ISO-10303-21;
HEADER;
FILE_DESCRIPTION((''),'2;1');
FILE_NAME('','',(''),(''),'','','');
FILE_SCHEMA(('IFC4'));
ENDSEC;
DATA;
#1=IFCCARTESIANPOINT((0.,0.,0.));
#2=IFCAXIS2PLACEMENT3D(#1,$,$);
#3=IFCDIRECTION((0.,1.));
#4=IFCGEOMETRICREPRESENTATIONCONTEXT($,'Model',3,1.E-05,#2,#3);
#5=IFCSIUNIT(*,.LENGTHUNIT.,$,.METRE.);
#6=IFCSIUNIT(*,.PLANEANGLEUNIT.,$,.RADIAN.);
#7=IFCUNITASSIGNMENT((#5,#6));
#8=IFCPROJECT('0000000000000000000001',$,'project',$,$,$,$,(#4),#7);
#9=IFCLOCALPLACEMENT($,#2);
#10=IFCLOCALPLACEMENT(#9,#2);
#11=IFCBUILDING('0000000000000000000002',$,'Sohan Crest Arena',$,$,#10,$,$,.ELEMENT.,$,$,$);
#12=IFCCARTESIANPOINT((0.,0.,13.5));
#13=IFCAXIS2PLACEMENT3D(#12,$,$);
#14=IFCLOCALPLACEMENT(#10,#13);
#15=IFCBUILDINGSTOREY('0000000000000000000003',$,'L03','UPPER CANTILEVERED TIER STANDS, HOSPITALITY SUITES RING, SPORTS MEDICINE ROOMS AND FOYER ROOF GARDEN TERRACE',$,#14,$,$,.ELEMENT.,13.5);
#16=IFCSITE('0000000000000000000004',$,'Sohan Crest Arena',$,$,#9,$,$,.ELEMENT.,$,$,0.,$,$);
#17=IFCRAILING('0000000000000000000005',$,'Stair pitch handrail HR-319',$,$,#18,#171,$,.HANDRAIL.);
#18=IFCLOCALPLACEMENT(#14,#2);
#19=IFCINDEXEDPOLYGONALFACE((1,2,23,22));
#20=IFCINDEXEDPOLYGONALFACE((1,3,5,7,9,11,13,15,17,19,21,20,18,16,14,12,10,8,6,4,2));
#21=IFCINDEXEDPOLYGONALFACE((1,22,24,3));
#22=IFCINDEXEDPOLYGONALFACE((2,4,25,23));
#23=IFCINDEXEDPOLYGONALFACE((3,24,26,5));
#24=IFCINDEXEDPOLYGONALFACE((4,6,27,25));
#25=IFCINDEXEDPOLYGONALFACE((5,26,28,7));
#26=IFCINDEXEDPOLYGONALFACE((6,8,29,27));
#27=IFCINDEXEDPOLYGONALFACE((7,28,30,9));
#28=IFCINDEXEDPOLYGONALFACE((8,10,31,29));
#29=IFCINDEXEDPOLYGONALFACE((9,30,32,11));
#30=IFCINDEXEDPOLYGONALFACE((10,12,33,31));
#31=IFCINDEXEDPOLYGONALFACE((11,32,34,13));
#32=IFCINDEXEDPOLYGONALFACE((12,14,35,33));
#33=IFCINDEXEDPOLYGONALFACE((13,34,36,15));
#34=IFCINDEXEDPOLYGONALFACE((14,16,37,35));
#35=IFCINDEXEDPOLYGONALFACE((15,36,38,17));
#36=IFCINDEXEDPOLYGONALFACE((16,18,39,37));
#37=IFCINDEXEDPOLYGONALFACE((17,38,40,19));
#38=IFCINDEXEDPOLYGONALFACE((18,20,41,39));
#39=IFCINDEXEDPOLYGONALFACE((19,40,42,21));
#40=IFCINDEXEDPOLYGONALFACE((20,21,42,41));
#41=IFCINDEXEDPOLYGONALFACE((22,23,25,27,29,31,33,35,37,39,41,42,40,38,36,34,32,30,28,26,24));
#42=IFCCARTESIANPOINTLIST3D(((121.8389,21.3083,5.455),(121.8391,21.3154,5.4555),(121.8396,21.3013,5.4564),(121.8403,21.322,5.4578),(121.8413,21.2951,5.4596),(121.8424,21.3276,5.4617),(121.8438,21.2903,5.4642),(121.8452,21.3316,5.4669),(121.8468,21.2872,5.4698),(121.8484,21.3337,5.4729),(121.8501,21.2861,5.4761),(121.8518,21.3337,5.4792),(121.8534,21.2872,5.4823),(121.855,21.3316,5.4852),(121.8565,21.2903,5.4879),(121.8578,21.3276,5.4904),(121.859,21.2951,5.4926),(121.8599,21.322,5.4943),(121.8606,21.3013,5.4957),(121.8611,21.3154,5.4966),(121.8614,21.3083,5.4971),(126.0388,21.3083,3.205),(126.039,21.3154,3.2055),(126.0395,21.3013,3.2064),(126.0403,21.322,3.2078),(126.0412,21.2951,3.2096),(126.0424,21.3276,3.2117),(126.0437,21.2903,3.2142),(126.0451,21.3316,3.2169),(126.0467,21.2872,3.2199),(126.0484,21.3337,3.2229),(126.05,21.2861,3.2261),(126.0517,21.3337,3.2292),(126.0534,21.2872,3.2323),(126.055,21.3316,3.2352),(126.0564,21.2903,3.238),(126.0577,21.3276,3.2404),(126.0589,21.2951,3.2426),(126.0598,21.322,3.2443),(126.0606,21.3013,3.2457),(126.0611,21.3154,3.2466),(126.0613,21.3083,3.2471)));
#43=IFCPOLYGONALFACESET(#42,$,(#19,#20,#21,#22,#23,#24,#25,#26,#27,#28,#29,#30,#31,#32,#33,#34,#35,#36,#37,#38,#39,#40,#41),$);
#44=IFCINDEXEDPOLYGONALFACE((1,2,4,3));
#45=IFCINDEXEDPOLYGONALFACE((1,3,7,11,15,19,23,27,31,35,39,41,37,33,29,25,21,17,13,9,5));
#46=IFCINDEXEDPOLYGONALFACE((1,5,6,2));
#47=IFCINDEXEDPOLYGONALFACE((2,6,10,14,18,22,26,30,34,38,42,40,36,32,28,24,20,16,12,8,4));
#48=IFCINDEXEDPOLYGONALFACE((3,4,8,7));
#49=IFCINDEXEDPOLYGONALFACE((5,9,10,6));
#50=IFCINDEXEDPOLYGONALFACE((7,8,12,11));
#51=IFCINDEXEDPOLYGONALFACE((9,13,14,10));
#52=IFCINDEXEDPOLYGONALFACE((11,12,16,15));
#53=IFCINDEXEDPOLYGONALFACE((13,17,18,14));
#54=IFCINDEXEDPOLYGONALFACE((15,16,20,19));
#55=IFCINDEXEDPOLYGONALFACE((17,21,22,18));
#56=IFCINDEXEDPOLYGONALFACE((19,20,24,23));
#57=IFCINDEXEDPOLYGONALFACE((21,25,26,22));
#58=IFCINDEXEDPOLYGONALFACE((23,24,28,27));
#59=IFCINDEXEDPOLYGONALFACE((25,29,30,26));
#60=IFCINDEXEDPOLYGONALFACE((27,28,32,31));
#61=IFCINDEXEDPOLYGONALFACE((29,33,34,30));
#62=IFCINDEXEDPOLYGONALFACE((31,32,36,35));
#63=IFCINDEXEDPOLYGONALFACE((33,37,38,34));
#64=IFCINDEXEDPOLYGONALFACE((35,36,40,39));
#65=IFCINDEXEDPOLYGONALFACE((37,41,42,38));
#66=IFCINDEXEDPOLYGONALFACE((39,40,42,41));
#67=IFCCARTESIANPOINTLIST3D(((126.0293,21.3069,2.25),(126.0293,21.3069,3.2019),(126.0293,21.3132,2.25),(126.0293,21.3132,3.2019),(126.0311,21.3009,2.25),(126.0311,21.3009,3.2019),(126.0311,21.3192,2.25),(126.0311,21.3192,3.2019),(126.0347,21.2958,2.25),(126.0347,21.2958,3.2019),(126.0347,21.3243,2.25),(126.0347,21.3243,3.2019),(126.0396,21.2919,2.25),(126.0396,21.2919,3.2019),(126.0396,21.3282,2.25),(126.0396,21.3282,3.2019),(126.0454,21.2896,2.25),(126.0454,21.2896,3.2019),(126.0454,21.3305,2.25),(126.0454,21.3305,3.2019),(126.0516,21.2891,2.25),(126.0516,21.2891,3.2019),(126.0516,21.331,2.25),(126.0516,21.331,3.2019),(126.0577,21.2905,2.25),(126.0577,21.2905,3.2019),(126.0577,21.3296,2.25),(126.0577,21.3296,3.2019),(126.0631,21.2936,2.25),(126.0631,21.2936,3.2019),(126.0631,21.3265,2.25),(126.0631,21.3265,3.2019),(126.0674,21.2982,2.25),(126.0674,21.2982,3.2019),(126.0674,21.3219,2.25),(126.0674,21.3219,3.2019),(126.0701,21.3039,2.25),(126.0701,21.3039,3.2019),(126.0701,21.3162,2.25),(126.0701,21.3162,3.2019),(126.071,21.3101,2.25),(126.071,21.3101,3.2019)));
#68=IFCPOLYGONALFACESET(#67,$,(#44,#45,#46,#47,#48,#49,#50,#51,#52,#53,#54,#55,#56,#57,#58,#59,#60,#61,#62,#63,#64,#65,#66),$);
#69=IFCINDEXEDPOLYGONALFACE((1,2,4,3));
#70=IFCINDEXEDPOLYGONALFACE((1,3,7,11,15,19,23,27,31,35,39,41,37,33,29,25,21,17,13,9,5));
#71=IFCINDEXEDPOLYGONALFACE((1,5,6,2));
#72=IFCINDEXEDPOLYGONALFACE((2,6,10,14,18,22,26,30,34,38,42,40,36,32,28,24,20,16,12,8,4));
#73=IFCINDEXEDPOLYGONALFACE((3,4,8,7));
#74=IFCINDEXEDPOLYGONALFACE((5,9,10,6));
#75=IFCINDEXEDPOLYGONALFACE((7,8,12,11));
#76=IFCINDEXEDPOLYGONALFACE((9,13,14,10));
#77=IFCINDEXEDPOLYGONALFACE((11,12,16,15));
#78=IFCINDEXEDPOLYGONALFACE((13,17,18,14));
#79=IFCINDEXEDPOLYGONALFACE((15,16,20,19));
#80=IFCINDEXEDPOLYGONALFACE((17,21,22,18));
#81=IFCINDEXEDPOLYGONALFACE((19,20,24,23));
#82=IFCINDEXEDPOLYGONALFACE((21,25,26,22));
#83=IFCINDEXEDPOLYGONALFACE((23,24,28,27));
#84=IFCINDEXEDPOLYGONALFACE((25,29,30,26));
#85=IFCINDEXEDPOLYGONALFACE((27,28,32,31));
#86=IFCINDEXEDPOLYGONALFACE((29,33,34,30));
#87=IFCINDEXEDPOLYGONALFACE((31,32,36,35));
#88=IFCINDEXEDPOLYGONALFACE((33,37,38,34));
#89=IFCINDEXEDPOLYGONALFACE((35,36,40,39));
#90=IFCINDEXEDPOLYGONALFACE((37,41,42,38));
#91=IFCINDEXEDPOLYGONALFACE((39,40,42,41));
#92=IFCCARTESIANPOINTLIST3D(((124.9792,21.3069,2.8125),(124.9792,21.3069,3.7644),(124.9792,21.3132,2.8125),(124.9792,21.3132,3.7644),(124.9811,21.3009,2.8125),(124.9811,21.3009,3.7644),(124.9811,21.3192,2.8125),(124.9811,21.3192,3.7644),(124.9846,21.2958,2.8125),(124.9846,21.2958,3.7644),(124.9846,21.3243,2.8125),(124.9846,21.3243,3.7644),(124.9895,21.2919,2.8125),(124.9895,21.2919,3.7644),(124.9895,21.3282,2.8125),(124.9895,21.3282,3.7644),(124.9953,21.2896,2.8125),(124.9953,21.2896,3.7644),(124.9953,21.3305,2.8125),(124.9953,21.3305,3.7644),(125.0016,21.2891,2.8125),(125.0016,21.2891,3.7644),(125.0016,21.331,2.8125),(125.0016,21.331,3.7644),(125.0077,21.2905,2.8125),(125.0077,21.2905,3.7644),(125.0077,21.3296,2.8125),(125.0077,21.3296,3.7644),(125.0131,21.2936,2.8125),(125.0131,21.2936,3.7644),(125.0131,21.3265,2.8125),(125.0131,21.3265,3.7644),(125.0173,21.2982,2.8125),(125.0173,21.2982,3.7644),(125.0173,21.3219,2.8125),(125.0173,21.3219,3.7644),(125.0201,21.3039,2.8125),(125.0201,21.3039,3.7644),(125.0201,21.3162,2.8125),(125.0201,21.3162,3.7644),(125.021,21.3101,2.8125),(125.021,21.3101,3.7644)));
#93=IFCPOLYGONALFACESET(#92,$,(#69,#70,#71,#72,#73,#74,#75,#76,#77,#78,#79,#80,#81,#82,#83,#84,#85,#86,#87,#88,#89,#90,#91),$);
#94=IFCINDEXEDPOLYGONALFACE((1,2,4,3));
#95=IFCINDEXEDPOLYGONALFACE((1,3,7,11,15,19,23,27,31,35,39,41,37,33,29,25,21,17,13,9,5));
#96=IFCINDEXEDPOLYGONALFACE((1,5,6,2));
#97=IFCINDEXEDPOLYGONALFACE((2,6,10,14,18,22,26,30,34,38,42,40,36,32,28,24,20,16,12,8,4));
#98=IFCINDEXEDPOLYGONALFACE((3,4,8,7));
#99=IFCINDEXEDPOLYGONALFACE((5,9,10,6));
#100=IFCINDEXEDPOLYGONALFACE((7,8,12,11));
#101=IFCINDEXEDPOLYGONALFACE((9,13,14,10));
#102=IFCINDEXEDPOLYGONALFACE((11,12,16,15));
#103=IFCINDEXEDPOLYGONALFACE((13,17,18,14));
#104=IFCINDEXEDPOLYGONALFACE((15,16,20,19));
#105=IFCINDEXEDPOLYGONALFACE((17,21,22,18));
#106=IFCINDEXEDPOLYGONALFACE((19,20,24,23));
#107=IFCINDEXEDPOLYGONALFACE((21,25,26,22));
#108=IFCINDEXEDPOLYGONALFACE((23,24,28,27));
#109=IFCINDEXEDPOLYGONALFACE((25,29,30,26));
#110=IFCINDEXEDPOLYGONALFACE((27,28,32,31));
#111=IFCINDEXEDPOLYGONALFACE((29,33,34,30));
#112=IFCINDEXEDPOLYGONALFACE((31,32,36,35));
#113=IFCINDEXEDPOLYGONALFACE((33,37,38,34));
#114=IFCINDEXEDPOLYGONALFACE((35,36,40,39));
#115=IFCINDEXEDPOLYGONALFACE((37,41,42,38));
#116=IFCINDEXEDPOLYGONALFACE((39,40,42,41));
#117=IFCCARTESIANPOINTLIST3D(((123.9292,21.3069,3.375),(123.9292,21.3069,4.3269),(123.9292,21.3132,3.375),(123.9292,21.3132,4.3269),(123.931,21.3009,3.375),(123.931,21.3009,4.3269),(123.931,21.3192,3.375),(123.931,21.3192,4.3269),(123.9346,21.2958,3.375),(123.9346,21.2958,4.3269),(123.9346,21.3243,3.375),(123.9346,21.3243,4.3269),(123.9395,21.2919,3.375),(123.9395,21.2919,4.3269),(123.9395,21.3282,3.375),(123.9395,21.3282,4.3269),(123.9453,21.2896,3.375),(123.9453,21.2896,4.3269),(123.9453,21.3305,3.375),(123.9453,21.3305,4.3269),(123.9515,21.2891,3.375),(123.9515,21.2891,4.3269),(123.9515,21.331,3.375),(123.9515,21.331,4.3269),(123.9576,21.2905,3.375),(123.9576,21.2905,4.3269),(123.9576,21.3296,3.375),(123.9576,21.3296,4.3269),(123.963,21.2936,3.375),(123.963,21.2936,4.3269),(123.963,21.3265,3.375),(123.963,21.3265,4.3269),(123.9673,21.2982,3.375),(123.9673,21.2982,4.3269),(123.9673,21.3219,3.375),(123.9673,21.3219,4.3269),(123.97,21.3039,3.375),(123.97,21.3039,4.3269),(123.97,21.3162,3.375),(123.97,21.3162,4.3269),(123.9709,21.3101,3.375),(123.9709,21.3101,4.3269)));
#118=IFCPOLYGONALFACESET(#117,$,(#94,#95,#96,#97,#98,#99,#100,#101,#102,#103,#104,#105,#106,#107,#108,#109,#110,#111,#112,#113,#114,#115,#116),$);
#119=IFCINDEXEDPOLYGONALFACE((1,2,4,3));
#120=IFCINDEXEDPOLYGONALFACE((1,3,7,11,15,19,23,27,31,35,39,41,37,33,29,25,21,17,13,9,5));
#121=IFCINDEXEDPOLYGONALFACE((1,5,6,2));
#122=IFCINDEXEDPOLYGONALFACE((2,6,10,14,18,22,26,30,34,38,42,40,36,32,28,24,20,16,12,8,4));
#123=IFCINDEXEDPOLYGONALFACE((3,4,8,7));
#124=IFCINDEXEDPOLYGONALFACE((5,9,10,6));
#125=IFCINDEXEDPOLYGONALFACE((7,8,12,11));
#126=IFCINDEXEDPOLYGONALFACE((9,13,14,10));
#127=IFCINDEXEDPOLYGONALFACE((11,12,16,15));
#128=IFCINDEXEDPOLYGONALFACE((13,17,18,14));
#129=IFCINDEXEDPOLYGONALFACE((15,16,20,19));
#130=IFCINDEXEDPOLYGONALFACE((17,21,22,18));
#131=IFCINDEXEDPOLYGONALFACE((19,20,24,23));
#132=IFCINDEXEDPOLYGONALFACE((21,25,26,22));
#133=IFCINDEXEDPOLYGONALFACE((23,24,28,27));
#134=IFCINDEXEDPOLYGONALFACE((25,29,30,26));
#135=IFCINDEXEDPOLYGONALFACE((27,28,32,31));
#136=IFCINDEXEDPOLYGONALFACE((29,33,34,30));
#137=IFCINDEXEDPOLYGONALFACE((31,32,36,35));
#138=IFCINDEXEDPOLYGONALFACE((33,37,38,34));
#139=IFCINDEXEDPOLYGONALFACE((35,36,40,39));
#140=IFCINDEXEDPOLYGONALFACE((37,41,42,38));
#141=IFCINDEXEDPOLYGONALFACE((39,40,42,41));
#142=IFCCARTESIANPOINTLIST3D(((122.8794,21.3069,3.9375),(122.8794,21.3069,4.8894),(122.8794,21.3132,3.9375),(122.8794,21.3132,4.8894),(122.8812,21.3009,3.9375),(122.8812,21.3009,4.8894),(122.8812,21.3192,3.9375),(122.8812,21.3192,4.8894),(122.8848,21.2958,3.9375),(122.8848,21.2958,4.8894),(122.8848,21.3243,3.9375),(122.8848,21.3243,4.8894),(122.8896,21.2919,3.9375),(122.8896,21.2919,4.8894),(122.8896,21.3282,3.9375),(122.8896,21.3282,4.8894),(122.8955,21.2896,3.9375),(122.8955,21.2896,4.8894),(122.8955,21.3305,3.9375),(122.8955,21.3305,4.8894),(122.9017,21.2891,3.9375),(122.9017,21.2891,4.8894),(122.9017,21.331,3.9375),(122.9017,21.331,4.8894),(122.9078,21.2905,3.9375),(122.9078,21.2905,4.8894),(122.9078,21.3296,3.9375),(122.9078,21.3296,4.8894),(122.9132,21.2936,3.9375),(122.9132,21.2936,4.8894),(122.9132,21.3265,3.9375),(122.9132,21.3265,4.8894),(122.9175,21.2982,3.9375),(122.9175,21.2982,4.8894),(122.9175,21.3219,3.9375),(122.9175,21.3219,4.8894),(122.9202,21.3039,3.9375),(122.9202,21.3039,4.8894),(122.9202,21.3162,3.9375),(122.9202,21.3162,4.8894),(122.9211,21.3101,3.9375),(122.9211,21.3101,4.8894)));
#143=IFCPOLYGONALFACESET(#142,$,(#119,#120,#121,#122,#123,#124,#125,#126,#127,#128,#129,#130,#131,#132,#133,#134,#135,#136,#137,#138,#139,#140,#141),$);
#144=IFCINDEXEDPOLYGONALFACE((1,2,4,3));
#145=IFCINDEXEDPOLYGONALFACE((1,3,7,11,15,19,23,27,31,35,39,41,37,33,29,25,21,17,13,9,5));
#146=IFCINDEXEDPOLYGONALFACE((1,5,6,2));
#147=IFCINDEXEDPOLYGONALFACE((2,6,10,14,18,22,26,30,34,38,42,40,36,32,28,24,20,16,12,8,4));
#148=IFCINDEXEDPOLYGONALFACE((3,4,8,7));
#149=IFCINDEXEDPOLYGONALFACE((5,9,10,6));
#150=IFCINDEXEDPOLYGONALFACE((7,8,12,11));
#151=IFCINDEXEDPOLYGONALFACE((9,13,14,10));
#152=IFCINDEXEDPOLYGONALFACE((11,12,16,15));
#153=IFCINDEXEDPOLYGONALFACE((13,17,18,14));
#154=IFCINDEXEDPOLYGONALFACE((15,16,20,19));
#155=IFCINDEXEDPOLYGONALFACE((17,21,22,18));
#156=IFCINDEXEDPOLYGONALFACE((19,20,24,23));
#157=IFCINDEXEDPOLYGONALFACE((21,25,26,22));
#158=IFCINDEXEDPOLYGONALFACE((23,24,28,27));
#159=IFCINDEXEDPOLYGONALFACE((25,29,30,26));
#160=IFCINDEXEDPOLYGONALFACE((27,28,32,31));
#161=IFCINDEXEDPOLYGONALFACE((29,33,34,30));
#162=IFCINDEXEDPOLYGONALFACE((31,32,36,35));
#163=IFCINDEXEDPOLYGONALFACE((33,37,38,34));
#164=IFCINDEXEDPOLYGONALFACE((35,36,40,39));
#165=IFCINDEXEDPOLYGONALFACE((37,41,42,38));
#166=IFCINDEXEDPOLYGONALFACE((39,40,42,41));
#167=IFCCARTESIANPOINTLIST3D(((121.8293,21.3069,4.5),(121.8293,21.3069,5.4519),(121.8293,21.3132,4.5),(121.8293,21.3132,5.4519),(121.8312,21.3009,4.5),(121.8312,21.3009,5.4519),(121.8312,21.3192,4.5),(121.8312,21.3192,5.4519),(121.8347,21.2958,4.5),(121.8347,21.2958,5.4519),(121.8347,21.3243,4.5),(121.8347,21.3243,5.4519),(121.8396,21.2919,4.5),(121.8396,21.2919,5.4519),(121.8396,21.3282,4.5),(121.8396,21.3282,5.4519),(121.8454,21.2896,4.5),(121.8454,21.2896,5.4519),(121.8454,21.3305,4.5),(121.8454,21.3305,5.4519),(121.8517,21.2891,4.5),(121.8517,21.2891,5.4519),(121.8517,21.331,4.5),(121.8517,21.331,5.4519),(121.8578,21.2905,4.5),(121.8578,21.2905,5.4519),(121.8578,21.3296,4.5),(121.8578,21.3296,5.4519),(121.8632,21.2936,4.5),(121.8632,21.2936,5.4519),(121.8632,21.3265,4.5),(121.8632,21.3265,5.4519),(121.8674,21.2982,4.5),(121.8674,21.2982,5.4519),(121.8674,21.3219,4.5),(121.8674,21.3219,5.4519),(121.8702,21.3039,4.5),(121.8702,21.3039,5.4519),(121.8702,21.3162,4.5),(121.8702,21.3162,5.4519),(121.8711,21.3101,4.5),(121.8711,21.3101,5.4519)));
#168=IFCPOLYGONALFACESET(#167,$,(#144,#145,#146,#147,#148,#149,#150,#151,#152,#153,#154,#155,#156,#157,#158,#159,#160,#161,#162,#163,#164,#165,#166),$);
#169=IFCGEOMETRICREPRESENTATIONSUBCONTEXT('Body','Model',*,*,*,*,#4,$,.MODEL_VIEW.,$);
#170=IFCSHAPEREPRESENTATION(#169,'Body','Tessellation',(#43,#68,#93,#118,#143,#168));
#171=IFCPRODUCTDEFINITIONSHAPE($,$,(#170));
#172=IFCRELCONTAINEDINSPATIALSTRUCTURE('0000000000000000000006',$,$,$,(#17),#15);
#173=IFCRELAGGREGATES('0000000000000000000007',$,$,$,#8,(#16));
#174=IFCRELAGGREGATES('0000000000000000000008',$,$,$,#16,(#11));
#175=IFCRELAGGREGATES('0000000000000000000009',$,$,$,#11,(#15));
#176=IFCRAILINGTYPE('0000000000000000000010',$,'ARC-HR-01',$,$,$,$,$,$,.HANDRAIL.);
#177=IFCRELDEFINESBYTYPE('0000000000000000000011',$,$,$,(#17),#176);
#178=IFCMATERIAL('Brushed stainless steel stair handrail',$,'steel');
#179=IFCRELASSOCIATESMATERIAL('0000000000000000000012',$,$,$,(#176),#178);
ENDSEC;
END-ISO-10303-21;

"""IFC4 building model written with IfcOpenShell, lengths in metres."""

from ifc_helpers import new_model, si_unit, direction, frame, origin, origin_2d, place, context, subcontext, project, spatial, circle, extrude, material, type_object, element, save


model = new_model("IFC4")

# Units and contexts
model_context = context("Model", 3, precision=1e-05, world=origin(), true_north=direction((0.0, 1.0)))
body_context = subcontext(model_context, "Body", "Model", "MODEL_VIEW")
ifc_project = project(units=[si_unit("LENGTHUNIT", "METRE"), si_unit("PLANEANGLEUNIT", "RADIAN")], contexts=[model_context])

# Site, building, storey
site_placement = place(None, origin())
site = spatial("IfcSite", under=ifc_project, at=site_placement, Name="Sohan Crest Arena", CompositionType="ELEMENT", RefElevation=0.0)
building_placement = place(site_placement, origin())
building = spatial("IfcBuilding", under=site, at=building_placement, Name="Sohan Crest Arena", CompositionType="ELEMENT")
storey_placement = place(building_placement, frame((0.0, 0.0, 13.5)))
storey = spatial("IfcBuildingStorey", under=building, at=storey_placement, Name="L03", Description="UPPER CANTILEVERED TIER STANDS, HOSPITALITY SUITES RING, SPORTS MEDICINE ROOMS AND FOYER ROOF GARDEN TERRACE", CompositionType="ELEMENT", Elevation=13.5)

# Railing
ifc_material_1 = material(Name="Brushed stainless steel stair handrail", Category="steel")
railing_type_1 = type_object("IfcRailingType", Name="ARC-HR-01", PredefinedType="HANDRAIL", material=ifc_material_1)
railing_1_placement = place(storey_placement, frame((126.05, 21.3101, 2.25)))
element("IfcRailing", 1, at=railing_1_placement, inside=storey, type_object=railing_type_1, Name="Stair pitch handrail HR-319", PredefinedType="HANDRAIL", context=body_context, shape_type="SweptSolid", body=[
    extrude(circle(Radius=0.0239, at=origin_2d()), frame((0.0, 0.0, 0.9761), z_axis=(-0.881478, 0.0, 0.472226), x_axis=(0.0, -1.0, 0.0)), (0.0, 0.0, 1.0), 4.7646),
    extrude(circle(Radius=0.021, at=origin_2d()), origin(), (0.0, 0.0, 1.0), 0.9519),
    extrude(circle(Radius=0.021, at=origin_2d()), frame((-1.05, 0.0, 0.5625)), (0.0, 0.0, 1.0), 0.9519),
    extrude(circle(Radius=0.021, at=origin_2d()), frame((-2.1001, 0.0, 1.125)), (0.0, 0.0, 1.0), 0.9519),
    extrude(circle(Radius=0.021, at=origin_2d()), frame((-3.1499, 0.0, 1.6875)), (0.0, 0.0, 1.0), 0.9519),
    extrude(circle(Radius=0.021, at=origin_2d()), frame((-4.2, 0.0, 2.25)), (0.0, 0.0, 1.0), 0.9519),
])

save(model, "model.ifc")
